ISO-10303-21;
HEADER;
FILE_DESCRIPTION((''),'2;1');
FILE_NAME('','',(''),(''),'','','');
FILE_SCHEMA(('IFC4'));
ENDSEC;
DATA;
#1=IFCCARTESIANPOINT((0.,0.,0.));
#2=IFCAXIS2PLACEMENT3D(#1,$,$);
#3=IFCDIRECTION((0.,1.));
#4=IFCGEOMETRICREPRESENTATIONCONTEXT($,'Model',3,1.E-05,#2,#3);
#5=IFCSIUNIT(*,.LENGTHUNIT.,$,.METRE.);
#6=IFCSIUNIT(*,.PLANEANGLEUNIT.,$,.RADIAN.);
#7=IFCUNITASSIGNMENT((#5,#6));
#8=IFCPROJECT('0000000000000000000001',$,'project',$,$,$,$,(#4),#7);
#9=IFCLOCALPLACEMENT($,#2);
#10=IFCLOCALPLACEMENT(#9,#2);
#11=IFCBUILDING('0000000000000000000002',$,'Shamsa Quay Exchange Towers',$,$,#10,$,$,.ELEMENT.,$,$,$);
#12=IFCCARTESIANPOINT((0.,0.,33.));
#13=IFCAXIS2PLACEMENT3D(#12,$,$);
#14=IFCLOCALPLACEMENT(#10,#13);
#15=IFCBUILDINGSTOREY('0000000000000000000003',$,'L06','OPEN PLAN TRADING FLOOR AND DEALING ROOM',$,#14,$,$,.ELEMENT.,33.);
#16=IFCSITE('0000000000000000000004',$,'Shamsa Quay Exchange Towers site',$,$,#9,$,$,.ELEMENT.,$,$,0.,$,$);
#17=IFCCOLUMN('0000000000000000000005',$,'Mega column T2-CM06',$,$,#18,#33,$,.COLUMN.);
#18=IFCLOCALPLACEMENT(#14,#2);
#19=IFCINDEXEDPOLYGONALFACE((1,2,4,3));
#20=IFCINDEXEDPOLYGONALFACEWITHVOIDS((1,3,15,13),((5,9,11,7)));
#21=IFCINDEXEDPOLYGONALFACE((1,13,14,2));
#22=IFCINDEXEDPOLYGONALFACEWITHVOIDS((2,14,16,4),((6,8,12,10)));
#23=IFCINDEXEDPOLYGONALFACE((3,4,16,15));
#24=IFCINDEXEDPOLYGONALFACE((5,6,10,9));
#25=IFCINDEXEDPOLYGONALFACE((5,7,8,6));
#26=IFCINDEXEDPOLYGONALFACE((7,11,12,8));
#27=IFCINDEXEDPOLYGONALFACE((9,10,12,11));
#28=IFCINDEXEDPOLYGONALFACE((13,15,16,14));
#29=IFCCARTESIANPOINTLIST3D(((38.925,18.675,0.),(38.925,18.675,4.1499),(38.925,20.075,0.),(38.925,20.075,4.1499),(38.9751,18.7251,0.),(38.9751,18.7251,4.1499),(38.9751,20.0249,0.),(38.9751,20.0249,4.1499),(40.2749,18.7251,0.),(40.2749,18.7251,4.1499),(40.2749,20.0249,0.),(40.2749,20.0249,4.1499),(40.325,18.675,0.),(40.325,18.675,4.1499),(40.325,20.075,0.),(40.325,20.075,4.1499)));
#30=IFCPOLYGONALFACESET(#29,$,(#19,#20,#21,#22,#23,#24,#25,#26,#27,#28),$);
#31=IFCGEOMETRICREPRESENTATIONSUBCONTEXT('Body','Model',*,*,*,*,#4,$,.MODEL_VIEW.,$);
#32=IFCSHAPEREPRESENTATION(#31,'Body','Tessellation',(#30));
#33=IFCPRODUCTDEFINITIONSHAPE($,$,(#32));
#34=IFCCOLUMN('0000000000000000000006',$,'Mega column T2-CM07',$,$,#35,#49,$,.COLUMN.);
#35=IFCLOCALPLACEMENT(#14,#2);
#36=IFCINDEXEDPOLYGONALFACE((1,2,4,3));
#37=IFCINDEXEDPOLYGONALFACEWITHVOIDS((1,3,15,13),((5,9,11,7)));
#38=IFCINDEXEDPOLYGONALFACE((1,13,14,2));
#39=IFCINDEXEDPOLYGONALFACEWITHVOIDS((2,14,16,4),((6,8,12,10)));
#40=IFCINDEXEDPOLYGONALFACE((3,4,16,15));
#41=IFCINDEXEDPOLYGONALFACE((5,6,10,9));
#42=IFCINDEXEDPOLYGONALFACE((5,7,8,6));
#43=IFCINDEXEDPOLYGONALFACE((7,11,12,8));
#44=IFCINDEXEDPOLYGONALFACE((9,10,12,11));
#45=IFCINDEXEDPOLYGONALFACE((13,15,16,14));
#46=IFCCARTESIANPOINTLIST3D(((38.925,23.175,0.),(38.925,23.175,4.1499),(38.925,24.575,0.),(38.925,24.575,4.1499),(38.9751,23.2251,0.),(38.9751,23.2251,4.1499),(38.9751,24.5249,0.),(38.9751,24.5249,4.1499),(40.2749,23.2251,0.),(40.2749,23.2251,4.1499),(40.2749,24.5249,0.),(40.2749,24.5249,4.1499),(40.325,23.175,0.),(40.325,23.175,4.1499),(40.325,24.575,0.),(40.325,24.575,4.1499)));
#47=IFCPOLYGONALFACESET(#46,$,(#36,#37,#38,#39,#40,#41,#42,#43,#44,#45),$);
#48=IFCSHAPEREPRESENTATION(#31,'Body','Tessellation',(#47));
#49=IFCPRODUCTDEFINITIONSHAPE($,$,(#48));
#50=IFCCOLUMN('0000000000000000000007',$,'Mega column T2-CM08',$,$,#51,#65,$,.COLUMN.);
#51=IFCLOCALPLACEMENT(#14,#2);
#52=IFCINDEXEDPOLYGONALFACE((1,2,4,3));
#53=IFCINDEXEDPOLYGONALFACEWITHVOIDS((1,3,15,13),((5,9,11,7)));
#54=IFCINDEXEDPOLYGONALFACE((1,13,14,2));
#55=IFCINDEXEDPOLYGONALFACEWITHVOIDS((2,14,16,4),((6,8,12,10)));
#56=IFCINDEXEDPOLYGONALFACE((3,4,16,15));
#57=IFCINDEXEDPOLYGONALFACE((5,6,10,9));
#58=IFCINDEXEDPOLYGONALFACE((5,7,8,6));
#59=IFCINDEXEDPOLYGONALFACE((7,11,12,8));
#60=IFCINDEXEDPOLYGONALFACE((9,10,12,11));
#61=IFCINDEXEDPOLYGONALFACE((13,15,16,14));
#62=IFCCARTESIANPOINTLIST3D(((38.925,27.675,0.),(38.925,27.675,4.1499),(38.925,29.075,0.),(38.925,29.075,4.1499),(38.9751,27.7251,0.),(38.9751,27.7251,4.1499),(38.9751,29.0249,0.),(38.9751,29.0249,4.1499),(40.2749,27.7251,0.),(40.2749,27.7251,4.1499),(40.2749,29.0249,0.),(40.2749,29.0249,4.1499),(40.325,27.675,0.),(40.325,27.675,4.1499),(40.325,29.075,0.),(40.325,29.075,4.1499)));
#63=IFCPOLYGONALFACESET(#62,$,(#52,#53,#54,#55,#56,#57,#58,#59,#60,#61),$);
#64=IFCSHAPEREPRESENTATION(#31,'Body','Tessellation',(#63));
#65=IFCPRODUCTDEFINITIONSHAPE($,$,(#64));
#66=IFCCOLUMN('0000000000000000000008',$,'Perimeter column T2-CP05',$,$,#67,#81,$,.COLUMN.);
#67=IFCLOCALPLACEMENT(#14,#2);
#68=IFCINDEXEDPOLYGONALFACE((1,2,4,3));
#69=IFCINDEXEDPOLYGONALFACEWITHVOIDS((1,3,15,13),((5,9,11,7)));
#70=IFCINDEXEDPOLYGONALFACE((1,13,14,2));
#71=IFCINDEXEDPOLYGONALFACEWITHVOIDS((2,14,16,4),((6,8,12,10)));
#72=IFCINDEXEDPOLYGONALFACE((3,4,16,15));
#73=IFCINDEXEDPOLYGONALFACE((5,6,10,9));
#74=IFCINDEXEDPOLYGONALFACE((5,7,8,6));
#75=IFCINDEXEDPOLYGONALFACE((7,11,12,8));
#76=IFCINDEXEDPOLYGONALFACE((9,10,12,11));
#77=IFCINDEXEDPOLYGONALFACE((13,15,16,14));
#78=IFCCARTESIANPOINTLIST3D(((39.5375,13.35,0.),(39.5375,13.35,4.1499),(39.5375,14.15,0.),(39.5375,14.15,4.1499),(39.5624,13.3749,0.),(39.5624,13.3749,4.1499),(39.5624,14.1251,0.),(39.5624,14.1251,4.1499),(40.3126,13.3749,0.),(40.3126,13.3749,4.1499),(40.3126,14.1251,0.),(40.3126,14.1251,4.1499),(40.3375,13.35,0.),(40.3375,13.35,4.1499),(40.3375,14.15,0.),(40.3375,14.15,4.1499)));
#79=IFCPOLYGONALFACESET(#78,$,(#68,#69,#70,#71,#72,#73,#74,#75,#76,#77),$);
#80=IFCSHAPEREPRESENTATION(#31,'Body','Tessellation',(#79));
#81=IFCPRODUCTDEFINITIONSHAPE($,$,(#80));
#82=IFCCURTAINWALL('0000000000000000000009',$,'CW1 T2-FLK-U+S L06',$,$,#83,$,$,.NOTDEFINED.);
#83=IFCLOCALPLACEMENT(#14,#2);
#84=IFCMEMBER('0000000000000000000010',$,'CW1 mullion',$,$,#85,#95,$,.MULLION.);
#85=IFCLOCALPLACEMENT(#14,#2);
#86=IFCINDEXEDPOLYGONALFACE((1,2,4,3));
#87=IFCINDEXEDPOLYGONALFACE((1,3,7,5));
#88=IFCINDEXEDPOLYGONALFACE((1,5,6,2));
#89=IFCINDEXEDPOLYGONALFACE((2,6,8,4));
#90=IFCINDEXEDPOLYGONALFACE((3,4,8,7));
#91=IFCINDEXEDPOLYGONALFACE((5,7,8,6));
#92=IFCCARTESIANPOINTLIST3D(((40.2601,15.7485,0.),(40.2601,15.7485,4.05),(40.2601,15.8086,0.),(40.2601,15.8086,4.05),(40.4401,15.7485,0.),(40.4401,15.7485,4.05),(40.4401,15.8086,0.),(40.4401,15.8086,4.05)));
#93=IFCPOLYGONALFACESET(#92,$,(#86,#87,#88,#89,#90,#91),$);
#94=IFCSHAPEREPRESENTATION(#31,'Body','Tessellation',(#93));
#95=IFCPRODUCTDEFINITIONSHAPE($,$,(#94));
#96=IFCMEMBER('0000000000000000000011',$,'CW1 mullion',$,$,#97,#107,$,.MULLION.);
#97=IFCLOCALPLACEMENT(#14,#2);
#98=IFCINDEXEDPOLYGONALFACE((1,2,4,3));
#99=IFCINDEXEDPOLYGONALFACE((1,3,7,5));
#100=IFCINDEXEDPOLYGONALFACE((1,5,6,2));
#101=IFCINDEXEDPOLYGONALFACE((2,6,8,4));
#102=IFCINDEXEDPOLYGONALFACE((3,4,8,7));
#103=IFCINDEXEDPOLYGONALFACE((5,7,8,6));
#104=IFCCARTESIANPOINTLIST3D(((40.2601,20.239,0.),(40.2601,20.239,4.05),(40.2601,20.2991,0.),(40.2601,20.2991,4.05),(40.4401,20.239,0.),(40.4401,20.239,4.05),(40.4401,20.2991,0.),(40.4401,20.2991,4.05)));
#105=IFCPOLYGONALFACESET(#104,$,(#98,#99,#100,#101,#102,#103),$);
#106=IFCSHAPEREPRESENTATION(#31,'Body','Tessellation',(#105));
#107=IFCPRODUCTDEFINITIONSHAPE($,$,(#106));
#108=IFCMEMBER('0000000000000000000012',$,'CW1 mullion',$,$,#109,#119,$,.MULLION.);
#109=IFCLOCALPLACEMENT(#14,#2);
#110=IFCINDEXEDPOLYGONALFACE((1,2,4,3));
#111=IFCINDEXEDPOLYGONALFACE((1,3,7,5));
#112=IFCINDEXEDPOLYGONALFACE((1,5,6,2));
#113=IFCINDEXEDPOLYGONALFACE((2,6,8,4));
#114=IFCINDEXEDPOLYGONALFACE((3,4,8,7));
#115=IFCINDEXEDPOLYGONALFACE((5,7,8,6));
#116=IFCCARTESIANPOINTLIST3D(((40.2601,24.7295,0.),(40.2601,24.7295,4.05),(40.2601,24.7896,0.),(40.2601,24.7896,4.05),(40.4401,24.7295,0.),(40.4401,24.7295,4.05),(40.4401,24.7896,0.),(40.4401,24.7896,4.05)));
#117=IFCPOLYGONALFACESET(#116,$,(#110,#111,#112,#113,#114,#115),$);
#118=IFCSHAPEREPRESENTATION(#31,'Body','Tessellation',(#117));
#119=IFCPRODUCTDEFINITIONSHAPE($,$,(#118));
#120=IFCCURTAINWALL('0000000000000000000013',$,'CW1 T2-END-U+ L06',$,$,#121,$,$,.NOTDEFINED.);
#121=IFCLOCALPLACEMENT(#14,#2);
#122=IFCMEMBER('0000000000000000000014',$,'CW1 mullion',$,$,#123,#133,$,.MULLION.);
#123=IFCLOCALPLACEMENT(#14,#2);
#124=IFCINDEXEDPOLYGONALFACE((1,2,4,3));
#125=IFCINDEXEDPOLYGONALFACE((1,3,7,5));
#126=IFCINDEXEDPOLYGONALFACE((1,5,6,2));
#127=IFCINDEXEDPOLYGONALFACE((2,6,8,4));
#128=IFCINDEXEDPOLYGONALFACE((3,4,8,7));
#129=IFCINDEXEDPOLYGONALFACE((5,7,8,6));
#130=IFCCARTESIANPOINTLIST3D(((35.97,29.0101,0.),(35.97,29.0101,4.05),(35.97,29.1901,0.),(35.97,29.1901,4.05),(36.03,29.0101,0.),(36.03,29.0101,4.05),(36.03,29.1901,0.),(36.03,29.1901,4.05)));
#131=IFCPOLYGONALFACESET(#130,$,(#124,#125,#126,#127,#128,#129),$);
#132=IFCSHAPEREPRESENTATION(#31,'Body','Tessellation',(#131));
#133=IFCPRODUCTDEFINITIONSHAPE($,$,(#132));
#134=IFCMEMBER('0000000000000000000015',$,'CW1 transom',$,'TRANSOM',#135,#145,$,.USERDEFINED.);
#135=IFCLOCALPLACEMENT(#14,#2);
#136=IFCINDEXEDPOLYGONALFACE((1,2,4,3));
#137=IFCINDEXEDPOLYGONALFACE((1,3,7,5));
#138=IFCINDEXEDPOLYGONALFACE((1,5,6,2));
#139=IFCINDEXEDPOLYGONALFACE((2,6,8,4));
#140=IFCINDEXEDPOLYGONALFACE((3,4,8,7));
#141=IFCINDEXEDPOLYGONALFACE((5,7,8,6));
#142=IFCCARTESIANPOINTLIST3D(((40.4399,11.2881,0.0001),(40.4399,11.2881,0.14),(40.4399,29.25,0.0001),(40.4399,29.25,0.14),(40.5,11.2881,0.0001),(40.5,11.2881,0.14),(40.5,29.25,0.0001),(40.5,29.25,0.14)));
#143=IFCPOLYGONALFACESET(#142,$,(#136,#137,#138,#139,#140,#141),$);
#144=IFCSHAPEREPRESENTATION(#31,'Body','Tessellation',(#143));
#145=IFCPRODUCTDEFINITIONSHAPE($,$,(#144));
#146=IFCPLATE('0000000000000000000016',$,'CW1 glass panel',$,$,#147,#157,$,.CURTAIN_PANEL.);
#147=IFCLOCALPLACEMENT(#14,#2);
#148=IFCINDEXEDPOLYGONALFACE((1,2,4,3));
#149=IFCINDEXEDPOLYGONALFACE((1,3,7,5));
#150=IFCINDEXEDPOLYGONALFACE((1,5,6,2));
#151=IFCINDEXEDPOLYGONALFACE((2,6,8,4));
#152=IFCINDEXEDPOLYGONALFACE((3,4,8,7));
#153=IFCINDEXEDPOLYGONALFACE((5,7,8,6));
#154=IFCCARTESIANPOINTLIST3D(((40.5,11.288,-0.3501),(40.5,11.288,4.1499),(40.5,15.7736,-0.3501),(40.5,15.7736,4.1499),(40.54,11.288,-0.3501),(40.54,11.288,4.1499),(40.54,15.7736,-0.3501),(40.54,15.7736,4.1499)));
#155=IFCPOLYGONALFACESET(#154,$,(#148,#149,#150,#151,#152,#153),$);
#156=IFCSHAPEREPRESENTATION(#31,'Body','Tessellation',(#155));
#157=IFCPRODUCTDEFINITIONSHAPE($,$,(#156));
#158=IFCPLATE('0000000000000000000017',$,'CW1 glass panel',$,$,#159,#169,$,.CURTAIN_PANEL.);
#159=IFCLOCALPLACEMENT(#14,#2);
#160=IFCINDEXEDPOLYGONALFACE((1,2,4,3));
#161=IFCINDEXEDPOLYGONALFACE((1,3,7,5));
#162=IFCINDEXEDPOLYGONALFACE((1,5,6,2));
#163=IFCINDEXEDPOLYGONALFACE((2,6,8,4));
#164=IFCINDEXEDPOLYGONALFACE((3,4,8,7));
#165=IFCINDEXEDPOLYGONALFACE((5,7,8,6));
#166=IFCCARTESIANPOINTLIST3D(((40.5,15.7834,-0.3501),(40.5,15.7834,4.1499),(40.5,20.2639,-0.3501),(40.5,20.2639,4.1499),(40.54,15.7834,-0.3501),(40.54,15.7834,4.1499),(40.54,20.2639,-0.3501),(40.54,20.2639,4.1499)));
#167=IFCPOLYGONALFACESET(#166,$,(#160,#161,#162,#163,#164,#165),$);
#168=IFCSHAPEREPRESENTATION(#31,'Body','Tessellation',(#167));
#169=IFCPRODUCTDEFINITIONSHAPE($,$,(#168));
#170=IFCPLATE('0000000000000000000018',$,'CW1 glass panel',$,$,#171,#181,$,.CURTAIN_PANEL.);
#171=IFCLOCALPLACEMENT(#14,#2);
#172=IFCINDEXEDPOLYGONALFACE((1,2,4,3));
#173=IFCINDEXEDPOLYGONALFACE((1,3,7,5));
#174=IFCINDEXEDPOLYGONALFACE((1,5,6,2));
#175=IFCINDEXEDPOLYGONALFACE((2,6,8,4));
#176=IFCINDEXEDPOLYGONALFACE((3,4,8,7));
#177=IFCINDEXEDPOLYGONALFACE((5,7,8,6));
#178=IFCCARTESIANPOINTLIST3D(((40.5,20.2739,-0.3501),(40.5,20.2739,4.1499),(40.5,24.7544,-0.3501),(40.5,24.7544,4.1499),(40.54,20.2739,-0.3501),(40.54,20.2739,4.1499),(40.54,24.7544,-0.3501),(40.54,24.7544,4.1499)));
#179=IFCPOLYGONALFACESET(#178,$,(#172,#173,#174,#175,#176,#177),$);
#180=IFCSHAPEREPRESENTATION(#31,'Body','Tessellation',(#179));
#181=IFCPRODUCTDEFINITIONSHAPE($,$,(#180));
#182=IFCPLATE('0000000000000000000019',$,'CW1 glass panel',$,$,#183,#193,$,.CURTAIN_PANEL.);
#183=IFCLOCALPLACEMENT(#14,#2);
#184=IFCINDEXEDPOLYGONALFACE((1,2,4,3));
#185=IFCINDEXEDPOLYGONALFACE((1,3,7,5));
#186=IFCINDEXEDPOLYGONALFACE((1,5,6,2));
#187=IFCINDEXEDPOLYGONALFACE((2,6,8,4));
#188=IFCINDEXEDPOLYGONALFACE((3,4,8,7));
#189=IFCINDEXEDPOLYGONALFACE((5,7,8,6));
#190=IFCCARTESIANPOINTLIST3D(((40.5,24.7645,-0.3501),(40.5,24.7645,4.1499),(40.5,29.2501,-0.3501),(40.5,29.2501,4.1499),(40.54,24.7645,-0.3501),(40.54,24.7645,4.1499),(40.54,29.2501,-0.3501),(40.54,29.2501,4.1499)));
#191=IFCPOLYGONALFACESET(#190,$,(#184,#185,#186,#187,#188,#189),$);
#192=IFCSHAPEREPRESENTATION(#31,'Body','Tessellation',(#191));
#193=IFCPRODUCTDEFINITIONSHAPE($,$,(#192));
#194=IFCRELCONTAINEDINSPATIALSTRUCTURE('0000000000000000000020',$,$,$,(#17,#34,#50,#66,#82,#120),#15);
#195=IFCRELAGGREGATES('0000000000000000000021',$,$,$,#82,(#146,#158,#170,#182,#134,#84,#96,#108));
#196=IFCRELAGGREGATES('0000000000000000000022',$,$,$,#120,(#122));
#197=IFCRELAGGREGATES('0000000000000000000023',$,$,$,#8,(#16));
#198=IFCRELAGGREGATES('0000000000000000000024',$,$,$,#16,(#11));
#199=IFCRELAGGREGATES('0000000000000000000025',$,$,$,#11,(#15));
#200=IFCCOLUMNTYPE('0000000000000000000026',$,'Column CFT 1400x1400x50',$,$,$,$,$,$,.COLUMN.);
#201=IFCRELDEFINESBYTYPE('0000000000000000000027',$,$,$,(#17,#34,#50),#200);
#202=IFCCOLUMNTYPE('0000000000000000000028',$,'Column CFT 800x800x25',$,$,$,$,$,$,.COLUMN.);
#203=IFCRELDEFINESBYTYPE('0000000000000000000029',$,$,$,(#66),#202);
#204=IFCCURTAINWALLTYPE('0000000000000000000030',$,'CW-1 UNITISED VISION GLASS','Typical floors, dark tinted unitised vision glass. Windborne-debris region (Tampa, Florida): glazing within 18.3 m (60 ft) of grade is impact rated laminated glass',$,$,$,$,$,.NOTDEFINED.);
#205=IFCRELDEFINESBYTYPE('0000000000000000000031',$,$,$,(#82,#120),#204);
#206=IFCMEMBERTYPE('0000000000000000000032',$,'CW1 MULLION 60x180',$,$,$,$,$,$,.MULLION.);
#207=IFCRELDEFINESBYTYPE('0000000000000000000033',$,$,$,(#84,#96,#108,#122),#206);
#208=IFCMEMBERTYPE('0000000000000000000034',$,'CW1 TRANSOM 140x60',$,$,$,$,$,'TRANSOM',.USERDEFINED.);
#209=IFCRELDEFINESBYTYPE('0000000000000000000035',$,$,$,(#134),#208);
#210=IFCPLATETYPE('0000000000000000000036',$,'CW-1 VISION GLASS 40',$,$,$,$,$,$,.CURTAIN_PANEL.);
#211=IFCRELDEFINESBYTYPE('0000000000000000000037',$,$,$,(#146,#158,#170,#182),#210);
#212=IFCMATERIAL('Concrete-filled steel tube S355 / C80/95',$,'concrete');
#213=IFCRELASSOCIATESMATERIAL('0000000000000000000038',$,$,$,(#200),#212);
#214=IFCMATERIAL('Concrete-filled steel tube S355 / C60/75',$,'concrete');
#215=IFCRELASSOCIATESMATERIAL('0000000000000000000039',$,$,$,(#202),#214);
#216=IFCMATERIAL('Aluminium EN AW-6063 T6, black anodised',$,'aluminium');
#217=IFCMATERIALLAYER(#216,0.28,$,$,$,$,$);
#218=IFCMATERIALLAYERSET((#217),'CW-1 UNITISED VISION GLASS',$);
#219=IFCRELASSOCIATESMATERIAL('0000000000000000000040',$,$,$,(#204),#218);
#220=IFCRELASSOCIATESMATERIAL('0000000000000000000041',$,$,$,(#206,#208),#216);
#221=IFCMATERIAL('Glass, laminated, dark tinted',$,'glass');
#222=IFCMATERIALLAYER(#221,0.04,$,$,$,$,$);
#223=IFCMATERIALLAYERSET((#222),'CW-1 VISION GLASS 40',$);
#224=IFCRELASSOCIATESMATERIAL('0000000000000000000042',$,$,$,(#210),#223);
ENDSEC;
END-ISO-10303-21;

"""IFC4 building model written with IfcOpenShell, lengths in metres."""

from ifc_helpers import new_model, si_unit, direction, frame, origin, origin_2d, place, context, subcontext, project, spatial, rectangle, hollow_rectangle, extrude, material, layer, layer_set, material_profile, profile_set, type_object, element, aggregate, save


model = new_model("IFC4")

# Units and contexts
model_context = context("Model", 3, precision=1e-05, world=origin(), true_north=direction((0.0, 1.0)))
body_context = subcontext(model_context, "Body", "Model", "MODEL_VIEW")
ifc_project = project(units=[si_unit("LENGTHUNIT", "METRE"), si_unit("PLANEANGLEUNIT", "RADIAN")], contexts=[model_context])

# Site, building, storey
site_placement = place(None, origin())
site = spatial("IfcSite", under=ifc_project, at=site_placement, Name="Shamsa Quay Exchange Towers site", CompositionType="ELEMENT", RefElevation=0.0)
building_placement = place(site_placement, origin())
building = spatial("IfcBuilding", under=site, at=building_placement, Name="Shamsa Quay Exchange Towers", CompositionType="ELEMENT")
storey_placement = place(building_placement, frame((0.0, 0.0, 33.0)))
storey = spatial("IfcBuildingStorey", under=building, at=storey_placement, Name="L06", Description="OPEN PLAN TRADING FLOOR AND DEALING ROOM", CompositionType="ELEMENT", Elevation=33.0)

# Columns
ifc_material_1 = material(Name="Concrete-filled steel tube S355 / C80/95", Category="concrete")
ifc_material_profile_1 = material_profile(ifc_material_1, hollow_rectangle(XDim=1.3999, YDim=1.3999, WallThickness=0.05, at=origin_2d()), Name="CFT 1400x1400x50")
ifc_profile_set_1 = profile_set([ifc_material_profile_1], Name="Concrete-filled steel tube S355 / C80/95")
column_type_1 = type_object("IfcColumnType", Name="Column CFT 1400x1400x50", PredefinedType="COLUMN", material=ifc_profile_set_1)
for number, where, name in (
    (1, (39.625, 19.375, 0.0), "Mega column T2-CM06"),
    (2, (39.625, 23.875, 0.0), "Mega column T2-CM07"),
    (3, (39.625, 28.375, 0.0), "Mega column T2-CM08"),
):
    element("IfcColumn", number, at=place(storey_placement, frame(where)), inside=storey, type_object=column_type_1, Name=name, PredefinedType="COLUMN", context=body_context, shape_type="SweptSolid", body=[
        extrude(hollow_rectangle(XDim=1.3999, YDim=1.3999, WallThickness=0.05, at=origin_2d()), origin(), (0.0, 0.0, 1.0), 4.1499),
    ])
ifc_material_2 = material(Name="Concrete-filled steel tube S355 / C60/75", Category="concrete")
ifc_material_profile_2 = material_profile(ifc_material_2, hollow_rectangle(XDim=0.8, YDim=0.8, WallThickness=0.0249, at=origin_2d()), Name="CFT 800x800x25")
ifc_profile_set_2 = profile_set([ifc_material_profile_2], Name="Concrete-filled steel tube S355 / C60/75")
column_type_2 = type_object("IfcColumnType", Name="Column CFT 800x800x25", PredefinedType="COLUMN", material=ifc_profile_set_2)
column_placement = place(storey_placement, frame((39.9375, 13.75, 0.0)))
element("IfcColumn", 4, at=column_placement, inside=storey, type_object=column_type_2, Name="Perimeter column T2-CP05", PredefinedType="COLUMN", context=body_context, shape_type="SweptSolid", body=[
    extrude(hollow_rectangle(XDim=0.8, YDim=0.8, WallThickness=0.0249, at=origin_2d()), origin(), (0.0, 0.0, 1.0), 4.1499),
])

# Curtain wall, members
ifc_material_3 = material(Name="Aluminium EN AW-6063 T6, black anodised", Category="aluminium")
ifc_layer_1 = layer(ifc_material_3, 0.28)
ifc_layer_set_1 = layer_set([ifc_layer_1], Name="CW-1 UNITISED VISION GLASS")
curtain_wall_type = type_object("IfcCurtainWallType", Name="CW-1 UNITISED VISION GLASS", Description="Typical floors, dark tinted unitised vision glass. Windborne-debris region (Tampa, Florida): glazing within 18.3 m (60 ft) of grade is impact rated laminated glass", PredefinedType="NOTDEFINED", material=ifc_layer_set_1)
curtain_wall_1_placement = place(storey_placement, origin())
curtain_wall_1 = element("IfcCurtainWall", 5, at=curtain_wall_1_placement, inside=storey, type_object=curtain_wall_type, Name="CW1 T2-FLK-U+S L06", PredefinedType="NOTDEFINED")
ifc_material_profile_3 = material_profile(ifc_material_3, rectangle(XDim=0.1799, YDim=0.0601, at=origin_2d()), Name="MU60x180")
ifc_profile_set_3 = profile_set([ifc_material_profile_3], Name="Aluminium EN AW-6063 T6, black anodised")
member_type_1 = type_object("IfcMemberType", Name="CW1 MULLION 60x180", PredefinedType="MULLION", material=ifc_profile_set_3)
member_1_placement = place(storey_placement, frame((40.3501, 15.7786, 0.0), z_axis=(0.0, 0.0, 1.0), x_axis=(-1.0, 0.0, 0.0)))
member_1 = element("IfcMember", 6, at=member_1_placement, type_object=member_type_1, Name="CW1 mullion", PredefinedType="MULLION", context=body_context, shape_type="SweptSolid", body=[
    extrude(rectangle(XDim=0.1799, YDim=0.0601, at=origin_2d()), origin(), (0.0, 0.0, 1.0), 4.05),
])
member_2_placement = place(storey_placement, frame((40.3501, 20.269, 0.0), z_axis=(0.0, 0.0, 1.0), x_axis=(-1.0, 0.0, 0.0)))
member_2 = element("IfcMember", 7, at=member_2_placement, type_object=member_type_1, Name="CW1 mullion", PredefinedType="MULLION", context=body_context, shape_type="SweptSolid", body=[
    extrude(rectangle(XDim=0.1799, YDim=0.0601, at=origin_2d()), origin(), (0.0, 0.0, 1.0), 4.05),
])
member_3_placement = place(storey_placement, frame((40.3501, 24.7595, 0.0), z_axis=(0.0, 0.0, 1.0), x_axis=(-1.0, 0.0, 0.0)))
member_3 = element("IfcMember", 8, at=member_3_placement, type_object=member_type_1, Name="CW1 mullion", PredefinedType="MULLION", context=body_context, shape_type="SweptSolid", body=[
    extrude(rectangle(XDim=0.1799, YDim=0.0601, at=origin_2d()), origin(), (0.0, 0.0, 1.0), 4.05),
])

# Curtain wall, member
curtain_wall_2_placement = place(storey_placement, origin())
curtain_wall_2 = element("IfcCurtainWall", 9, at=curtain_wall_2_placement, inside=storey, type_object=curtain_wall_type, Name="CW1 T2-END-U+ L06", PredefinedType="NOTDEFINED")
member_4_placement = place(storey_placement, frame((36.0, 29.1001, 0.0), z_axis=(0.0, 0.0, 1.0), x_axis=(0.0, -1.0, 0.0)))
member_4 = element("IfcMember", 10, at=member_4_placement, type_object=member_type_1, Name="CW1 mullion", PredefinedType="MULLION", context=body_context, shape_type="SweptSolid", body=[
    extrude(rectangle(XDim=0.1799, YDim=0.0601, at=origin_2d()), origin(), (0.0, 0.0, 1.0), 4.05),
])

# Member
ifc_material_profile_4 = material_profile(ifc_material_3, rectangle(XDim=0.0601, YDim=0.1399, at=origin_2d()), Name="TR140x60")
ifc_profile_set_4 = profile_set([ifc_material_profile_4], Name="Aluminium EN AW-6063 T6, black anodised")
member_type_2 = type_object("IfcMemberType", Name="CW1 TRANSOM 140x60", ElementType="TRANSOM", PredefinedType="USERDEFINED", material=ifc_profile_set_4)
member_5_placement = place(storey_placement, frame((40.47, 11.2881, 0.0701), z_axis=(0.0, 1.0, 0.0), x_axis=(-1.0, 0.0, 0.0)))
member_5 = element("IfcMember", 11, at=member_5_placement, type_object=member_type_2, Name="CW1 transom", ObjectType="TRANSOM", PredefinedType="USERDEFINED", context=body_context, shape_type="SweptSolid", body=[
    extrude(rectangle(XDim=0.0601, YDim=0.1399, at=origin_2d()), origin(), (0.0, 0.0, 1.0), 17.9619),
])

# Plates
ifc_material_4 = material(Name="Glass, laminated, dark tinted", Category="glass")
ifc_layer_2 = layer(ifc_material_4, 0.04)
ifc_layer_set_2 = layer_set([ifc_layer_2], Name="CW-1 VISION GLASS 40")
plate_type = type_object("IfcPlateType", Name="CW-1 VISION GLASS 40", PredefinedType="CURTAIN_PANEL", material=ifc_layer_set_2)
plate_1_placement = place(storey_placement, frame((40.52, 13.5308, -0.3501), z_axis=(0.0, 0.0, 1.0), x_axis=(0.0, 1.0, 0.0)))
plate_1 = element("IfcPlate", 12, at=plate_1_placement, type_object=plate_type, Name="CW1 glass panel", PredefinedType="CURTAIN_PANEL", context=body_context, shape_type="SweptSolid", body=[
    extrude(rectangle(XDim=4.4856, YDim=0.04, at=origin_2d()), origin(), (0.0, 0.0, 1.0), 4.5),
])
plate_2_placement = place(storey_placement, frame((40.52, 18.0237, -0.3501), z_axis=(0.0, 0.0, 1.0), x_axis=(0.0, 1.0, 0.0)))
plate_2 = element("IfcPlate", 13, at=plate_2_placement, type_object=plate_type, Name="CW1 glass panel", PredefinedType="CURTAIN_PANEL", context=body_context, shape_type="SweptSolid", body=[
    extrude(rectangle(XDim=4.4805, YDim=0.04, at=origin_2d()), origin(), (0.0, 0.0, 1.0), 4.5),
])
plate_3_placement = place(storey_placement, frame((40.52, 22.5142, -0.3501), z_axis=(0.0, 0.0, 1.0), x_axis=(0.0, 1.0, 0.0)))
plate_3 = element("IfcPlate", 14, at=plate_3_placement, type_object=plate_type, Name="CW1 glass panel", PredefinedType="CURTAIN_PANEL", context=body_context, shape_type="SweptSolid", body=[
    extrude(rectangle(XDim=4.4805, YDim=0.04, at=origin_2d()), origin(), (0.0, 0.0, 1.0), 4.5),
])
plate_4_placement = place(storey_placement, frame((40.52, 27.0073, -0.3501), z_axis=(0.0, 0.0, 1.0), x_axis=(0.0, 1.0, 0.0)))
plate_4 = element("IfcPlate", 15, at=plate_4_placement, type_object=plate_type, Name="CW1 glass panel", PredefinedType="CURTAIN_PANEL", context=body_context, shape_type="SweptSolid", body=[
    extrude(rectangle(XDim=4.4856, YDim=0.04, at=origin_2d()), origin(), (0.0, 0.0, 1.0), 4.5),
])
aggregate(curtain_wall_1, [plate_1, plate_2, plate_3, plate_4, member_5, member_1, member_2, member_3])
aggregate(curtain_wall_2, [member_4])

save(model, "model.ifc")
